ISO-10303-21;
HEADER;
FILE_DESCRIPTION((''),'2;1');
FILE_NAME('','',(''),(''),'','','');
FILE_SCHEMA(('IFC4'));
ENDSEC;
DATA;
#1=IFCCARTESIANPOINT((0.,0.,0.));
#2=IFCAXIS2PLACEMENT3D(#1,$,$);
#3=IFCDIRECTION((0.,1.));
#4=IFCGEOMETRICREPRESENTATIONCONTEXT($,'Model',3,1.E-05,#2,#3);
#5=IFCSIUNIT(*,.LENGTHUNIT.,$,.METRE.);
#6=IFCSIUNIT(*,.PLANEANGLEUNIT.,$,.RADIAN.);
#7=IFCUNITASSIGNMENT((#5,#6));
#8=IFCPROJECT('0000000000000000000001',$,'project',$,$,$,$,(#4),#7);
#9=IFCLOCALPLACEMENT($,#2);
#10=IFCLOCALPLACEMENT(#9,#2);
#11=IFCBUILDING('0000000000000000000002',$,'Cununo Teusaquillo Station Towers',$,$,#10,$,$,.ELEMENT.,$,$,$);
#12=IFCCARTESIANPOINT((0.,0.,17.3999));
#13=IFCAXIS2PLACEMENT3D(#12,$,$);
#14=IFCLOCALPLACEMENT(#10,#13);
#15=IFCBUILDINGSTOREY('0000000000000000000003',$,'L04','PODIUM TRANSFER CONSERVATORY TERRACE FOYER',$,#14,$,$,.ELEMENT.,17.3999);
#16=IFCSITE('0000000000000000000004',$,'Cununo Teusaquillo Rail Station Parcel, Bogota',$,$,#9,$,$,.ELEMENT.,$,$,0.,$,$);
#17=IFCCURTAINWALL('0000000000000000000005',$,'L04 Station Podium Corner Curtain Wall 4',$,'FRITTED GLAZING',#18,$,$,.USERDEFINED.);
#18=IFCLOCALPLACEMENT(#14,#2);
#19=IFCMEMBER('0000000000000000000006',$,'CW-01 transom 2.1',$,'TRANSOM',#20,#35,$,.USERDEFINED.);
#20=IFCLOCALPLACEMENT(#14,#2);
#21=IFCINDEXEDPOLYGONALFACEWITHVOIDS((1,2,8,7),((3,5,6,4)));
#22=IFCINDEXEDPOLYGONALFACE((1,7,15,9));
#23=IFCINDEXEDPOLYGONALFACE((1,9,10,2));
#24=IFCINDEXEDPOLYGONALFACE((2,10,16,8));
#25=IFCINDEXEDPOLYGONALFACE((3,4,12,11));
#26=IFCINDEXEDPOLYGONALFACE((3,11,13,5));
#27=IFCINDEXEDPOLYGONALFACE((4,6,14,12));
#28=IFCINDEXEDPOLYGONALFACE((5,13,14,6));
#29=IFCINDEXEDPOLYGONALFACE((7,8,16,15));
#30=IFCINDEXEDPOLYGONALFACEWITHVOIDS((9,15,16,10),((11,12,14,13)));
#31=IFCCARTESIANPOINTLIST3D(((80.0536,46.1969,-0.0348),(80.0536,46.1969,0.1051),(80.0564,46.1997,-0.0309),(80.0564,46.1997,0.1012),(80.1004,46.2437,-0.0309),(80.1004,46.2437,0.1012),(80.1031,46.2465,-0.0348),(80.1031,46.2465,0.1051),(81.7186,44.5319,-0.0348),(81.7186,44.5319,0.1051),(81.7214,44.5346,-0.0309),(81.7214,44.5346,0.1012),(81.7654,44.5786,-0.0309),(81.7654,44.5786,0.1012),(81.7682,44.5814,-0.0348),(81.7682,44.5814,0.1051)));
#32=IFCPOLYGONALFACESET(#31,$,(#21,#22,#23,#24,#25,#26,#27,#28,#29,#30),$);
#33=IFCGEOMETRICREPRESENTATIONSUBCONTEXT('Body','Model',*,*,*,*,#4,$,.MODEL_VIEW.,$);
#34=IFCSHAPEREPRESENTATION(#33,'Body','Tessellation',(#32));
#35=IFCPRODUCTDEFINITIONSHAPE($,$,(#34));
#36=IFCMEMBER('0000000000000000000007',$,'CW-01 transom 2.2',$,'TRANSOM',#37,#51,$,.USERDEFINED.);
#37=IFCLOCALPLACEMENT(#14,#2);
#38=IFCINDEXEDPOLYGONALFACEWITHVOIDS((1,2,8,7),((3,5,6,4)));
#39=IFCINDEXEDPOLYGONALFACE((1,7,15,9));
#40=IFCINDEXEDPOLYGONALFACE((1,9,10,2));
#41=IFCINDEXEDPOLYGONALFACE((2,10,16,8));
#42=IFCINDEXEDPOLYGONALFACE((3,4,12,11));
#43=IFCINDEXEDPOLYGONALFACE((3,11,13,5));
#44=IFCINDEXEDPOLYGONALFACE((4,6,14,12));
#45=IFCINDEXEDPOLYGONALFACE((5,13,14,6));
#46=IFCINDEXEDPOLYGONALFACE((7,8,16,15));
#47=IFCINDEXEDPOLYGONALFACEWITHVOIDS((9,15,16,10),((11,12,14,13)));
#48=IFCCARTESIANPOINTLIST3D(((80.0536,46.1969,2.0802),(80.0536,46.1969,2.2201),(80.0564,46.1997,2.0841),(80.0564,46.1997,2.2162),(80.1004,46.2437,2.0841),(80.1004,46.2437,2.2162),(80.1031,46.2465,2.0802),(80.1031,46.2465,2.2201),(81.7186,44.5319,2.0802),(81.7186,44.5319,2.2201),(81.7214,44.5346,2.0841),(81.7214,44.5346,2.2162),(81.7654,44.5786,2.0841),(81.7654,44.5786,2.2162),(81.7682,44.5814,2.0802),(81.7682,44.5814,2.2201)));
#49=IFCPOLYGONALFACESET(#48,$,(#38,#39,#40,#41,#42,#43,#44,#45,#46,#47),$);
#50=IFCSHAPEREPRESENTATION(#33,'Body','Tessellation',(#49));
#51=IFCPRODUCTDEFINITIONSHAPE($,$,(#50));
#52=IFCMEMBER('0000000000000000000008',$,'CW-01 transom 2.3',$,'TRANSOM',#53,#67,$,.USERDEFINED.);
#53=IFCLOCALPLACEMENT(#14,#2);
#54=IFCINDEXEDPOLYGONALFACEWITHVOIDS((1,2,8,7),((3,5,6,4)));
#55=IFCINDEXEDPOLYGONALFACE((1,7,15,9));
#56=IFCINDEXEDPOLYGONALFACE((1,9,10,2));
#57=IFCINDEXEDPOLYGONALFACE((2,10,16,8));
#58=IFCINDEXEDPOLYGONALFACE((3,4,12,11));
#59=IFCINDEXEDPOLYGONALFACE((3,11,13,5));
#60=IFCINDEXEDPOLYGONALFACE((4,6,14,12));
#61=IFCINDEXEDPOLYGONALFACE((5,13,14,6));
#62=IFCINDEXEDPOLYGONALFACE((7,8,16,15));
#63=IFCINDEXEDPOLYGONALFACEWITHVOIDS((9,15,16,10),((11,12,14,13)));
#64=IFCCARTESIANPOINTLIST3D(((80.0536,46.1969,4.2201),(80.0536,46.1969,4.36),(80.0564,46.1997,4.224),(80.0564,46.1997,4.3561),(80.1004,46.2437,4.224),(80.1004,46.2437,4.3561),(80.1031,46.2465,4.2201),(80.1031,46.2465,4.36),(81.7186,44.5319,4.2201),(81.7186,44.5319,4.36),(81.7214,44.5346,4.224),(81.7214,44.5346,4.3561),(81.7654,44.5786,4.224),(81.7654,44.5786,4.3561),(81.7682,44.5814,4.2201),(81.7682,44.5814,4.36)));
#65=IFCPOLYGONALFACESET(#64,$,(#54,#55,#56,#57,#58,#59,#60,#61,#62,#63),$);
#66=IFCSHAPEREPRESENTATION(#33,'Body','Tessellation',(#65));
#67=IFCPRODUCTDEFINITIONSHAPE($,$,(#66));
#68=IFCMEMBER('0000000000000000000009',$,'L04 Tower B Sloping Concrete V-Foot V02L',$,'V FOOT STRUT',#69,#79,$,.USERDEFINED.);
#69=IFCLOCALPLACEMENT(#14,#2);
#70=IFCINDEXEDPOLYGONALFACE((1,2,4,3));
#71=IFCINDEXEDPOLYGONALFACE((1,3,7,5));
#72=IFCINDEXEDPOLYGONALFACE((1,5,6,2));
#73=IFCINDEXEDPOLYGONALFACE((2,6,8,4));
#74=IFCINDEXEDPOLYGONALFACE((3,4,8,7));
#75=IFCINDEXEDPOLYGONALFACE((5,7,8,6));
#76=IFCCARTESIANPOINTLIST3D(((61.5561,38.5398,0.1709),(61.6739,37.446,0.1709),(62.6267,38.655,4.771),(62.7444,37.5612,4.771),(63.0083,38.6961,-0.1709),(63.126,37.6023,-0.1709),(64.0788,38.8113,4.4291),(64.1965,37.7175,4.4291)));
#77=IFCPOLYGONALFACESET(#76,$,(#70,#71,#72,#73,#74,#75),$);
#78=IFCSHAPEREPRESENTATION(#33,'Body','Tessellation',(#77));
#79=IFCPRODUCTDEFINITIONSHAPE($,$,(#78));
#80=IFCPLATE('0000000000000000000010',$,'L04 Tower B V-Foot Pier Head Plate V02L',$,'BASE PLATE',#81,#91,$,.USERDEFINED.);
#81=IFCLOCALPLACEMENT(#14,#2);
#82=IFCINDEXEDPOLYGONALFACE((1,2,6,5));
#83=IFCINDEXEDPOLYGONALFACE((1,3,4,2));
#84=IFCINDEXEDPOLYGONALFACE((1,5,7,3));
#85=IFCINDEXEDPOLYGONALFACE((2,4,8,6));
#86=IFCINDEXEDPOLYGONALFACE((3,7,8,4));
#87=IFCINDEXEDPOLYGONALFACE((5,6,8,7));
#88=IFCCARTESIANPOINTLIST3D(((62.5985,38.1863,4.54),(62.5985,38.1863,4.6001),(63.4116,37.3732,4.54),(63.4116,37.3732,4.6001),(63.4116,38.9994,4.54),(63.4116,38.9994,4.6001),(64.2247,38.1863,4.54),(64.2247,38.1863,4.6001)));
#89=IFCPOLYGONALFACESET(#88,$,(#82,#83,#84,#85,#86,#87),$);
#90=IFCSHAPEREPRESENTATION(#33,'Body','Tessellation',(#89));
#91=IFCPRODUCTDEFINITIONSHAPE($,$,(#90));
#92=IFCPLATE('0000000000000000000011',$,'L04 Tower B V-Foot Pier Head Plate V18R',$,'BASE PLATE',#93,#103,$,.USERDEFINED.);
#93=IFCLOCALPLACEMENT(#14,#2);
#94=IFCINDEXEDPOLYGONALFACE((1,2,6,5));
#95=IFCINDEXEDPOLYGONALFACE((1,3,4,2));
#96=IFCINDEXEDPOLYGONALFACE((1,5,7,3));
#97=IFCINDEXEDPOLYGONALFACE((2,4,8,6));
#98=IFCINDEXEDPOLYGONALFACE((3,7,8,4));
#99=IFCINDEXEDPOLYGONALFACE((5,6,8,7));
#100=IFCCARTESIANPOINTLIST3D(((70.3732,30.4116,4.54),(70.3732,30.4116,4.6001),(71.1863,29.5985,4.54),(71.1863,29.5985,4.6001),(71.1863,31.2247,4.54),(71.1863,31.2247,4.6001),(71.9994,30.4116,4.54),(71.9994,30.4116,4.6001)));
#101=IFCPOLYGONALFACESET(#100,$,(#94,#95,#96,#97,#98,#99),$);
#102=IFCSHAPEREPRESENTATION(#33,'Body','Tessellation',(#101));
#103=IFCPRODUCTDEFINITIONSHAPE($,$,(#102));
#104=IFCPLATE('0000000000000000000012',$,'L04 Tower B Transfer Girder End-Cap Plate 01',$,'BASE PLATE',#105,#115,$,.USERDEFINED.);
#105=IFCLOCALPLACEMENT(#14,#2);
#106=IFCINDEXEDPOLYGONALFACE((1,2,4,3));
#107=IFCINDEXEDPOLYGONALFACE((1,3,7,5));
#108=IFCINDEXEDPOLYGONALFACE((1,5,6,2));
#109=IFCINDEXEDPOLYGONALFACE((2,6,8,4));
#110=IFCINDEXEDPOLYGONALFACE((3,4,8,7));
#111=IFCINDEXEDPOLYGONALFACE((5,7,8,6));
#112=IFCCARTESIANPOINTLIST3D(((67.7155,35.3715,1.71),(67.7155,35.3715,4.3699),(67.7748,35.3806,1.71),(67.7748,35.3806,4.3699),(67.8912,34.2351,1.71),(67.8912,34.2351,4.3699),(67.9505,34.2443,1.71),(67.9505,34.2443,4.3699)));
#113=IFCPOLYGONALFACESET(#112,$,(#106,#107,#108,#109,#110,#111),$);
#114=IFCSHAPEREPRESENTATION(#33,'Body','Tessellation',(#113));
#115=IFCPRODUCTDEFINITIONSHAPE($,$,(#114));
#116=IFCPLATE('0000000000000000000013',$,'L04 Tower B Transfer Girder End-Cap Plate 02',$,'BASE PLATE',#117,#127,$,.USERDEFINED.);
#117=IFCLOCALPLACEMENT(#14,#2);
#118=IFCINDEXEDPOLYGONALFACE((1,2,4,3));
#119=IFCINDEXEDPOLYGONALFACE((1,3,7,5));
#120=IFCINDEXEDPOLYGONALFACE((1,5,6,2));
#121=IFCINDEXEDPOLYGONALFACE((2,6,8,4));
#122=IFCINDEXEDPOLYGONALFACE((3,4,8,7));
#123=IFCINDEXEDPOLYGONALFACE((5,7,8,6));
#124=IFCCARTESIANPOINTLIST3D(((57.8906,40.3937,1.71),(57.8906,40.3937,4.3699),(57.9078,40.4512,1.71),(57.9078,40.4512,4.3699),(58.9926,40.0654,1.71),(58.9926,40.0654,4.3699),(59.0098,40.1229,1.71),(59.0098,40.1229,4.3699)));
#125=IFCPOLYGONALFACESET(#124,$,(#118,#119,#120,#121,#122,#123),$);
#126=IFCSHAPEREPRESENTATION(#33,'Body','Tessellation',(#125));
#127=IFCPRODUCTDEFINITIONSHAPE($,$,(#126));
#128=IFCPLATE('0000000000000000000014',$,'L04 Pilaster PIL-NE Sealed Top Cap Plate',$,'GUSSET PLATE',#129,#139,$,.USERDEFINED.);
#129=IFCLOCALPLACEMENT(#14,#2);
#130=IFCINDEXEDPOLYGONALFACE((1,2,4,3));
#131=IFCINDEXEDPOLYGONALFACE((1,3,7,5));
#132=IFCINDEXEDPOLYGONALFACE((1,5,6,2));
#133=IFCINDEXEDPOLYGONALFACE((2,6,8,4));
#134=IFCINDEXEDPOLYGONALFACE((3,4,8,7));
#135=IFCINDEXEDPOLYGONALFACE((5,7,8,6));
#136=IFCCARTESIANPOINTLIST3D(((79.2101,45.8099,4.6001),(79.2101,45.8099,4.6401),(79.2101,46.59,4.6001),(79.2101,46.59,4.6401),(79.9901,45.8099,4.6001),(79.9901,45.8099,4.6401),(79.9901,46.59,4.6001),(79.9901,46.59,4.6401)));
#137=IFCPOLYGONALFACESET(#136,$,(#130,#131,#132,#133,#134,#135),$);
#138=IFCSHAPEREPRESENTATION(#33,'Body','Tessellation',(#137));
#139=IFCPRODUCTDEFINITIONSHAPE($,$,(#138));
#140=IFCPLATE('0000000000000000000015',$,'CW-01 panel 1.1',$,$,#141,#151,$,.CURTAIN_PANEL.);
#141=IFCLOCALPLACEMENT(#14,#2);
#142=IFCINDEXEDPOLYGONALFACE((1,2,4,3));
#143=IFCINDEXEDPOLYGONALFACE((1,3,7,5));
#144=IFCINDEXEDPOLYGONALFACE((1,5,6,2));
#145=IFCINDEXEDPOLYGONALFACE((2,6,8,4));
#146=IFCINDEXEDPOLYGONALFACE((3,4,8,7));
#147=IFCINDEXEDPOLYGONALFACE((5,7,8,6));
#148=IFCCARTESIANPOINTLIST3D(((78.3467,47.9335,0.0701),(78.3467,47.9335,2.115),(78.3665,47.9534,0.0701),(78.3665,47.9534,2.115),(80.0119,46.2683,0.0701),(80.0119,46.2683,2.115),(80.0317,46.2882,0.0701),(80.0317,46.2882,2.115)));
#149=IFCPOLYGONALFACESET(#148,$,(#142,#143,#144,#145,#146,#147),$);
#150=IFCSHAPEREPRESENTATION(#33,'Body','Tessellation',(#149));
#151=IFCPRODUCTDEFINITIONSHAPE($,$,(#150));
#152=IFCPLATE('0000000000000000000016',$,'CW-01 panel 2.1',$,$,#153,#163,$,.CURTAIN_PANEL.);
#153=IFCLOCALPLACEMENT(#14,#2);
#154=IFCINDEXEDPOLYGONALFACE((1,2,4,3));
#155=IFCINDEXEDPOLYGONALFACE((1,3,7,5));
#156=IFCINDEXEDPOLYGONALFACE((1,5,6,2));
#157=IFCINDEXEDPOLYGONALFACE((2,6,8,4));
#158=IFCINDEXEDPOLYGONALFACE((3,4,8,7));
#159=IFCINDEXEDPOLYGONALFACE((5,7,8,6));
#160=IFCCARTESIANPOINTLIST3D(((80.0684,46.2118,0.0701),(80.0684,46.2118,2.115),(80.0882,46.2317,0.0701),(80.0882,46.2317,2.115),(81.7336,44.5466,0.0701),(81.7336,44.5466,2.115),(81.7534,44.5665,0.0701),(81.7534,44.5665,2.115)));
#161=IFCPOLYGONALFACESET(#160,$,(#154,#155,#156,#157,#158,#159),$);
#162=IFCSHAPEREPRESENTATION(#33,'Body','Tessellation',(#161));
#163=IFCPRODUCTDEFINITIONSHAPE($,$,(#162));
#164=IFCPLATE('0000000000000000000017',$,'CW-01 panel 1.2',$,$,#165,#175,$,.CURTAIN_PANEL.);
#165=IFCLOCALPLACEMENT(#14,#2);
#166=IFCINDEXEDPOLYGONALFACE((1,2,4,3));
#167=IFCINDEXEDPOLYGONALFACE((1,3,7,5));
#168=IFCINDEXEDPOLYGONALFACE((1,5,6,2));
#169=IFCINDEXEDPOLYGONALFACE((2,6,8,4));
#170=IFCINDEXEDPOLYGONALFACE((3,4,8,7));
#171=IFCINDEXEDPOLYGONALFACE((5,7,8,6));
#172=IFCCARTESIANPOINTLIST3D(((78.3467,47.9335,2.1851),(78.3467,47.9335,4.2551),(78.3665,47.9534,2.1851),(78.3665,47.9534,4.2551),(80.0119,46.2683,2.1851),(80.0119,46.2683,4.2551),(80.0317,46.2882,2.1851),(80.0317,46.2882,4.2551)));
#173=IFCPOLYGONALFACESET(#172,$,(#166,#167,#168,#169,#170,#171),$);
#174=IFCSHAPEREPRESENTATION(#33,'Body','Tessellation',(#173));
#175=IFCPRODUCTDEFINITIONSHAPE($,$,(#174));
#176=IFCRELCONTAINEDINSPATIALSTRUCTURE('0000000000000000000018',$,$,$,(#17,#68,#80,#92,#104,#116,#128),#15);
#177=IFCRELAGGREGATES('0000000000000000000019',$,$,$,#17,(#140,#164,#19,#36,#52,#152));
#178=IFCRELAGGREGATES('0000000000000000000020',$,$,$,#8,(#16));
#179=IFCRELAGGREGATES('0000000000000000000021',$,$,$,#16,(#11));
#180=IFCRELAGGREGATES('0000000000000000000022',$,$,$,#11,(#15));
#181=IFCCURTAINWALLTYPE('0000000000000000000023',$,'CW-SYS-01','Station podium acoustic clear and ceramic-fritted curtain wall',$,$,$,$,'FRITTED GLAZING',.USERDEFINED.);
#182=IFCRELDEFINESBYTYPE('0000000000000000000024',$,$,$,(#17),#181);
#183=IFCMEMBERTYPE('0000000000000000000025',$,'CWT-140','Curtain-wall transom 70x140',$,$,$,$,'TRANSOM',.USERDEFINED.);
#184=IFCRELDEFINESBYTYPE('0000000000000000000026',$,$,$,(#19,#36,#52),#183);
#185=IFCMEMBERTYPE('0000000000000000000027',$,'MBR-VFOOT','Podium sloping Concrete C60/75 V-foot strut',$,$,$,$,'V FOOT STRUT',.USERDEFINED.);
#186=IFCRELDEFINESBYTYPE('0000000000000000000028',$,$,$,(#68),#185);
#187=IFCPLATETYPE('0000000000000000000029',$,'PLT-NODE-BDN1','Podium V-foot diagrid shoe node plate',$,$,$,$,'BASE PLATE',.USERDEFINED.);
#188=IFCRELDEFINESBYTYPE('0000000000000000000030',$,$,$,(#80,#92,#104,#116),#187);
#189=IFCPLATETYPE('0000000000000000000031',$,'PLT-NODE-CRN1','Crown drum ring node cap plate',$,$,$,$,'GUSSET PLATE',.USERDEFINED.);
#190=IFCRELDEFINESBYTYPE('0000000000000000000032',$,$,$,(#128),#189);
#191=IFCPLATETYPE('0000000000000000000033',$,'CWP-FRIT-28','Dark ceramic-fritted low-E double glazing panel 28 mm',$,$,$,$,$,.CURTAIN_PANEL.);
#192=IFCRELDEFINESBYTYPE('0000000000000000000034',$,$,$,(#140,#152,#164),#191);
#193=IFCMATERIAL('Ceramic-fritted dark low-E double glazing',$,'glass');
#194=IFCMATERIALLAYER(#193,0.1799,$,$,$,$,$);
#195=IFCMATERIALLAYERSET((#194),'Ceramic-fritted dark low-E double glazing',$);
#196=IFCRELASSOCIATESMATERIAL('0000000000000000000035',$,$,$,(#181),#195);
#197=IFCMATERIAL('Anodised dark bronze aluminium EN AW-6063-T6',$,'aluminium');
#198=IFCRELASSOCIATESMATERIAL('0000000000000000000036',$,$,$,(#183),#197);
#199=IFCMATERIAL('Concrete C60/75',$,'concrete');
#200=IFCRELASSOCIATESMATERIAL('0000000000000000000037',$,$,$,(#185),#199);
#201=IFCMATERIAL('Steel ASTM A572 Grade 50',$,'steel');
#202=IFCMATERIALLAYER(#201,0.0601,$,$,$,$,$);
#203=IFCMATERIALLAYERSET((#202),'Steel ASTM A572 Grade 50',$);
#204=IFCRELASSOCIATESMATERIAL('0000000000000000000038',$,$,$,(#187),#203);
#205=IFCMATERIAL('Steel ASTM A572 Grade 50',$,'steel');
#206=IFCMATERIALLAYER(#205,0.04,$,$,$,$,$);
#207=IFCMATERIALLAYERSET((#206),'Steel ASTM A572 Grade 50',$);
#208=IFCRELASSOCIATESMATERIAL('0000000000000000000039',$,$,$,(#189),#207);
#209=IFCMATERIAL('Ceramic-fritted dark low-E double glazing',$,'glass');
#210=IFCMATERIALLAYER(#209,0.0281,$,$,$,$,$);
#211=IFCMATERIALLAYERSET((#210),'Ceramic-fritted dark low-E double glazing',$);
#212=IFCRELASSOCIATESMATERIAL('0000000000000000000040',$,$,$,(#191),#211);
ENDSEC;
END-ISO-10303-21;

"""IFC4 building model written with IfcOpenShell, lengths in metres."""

from ifc_helpers import new_model, si_unit, direction, frame, origin, origin_2d, place, context, subcontext, project, spatial, rectangle, hollow_rectangle, extrude, source, transform, mapped, material, layer, layer_set, material_profile, profile_set, type_object, element, aggregate, save


model = new_model("IFC4")

# Units and contexts
model_context = context("Model", 3, precision=1e-05, world=origin(), true_north=direction((0.0, 1.0)))
body_context = subcontext(model_context, "Body", "Model", "MODEL_VIEW")
ifc_project = project(units=[si_unit("LENGTHUNIT", "METRE"), si_unit("PLANEANGLEUNIT", "RADIAN")], contexts=[model_context])

# Site, building, storey
site_placement = place(None, origin())
site = spatial("IfcSite", under=ifc_project, at=site_placement, Name="Cununo Teusaquillo Rail Station Parcel, Bogota", CompositionType="ELEMENT", RefElevation=0.0)
building_placement = place(site_placement, origin())
building = spatial("IfcBuilding", under=site, at=building_placement, Name="Cununo Teusaquillo Station Towers", CompositionType="ELEMENT")
storey_placement = place(building_placement, frame((0.0, 0.0, 17.3999)))
storey = spatial("IfcBuildingStorey", under=building, at=storey_placement, Name="L04", Description="PODIUM TRANSFER CONSERVATORY TERRACE FOYER", CompositionType="ELEMENT", Elevation=17.3999)

# Curtain wall, members
ifc_material_1 = material(Name="Ceramic-fritted dark low-E double glazing", Category="glass")
ifc_layer_1 = layer(ifc_material_1, 0.1799)
ifc_layer_set_1 = layer_set([ifc_layer_1], Name="Ceramic-fritted dark low-E double glazing")
curtain_wall_type = type_object("IfcCurtainWallType", Name="CW-SYS-01", Description="Station podium acoustic clear and ceramic-fritted curtain wall", ElementType="FRITTED GLAZING", PredefinedType="USERDEFINED", material=ifc_layer_set_1)
curtain_wall_placement = place(storey_placement, origin())
curtain_wall = element("IfcCurtainWall", 1, at=curtain_wall_placement, inside=storey, type_object=curtain_wall_type, Name="L04 Station Podium Corner Curtain Wall 4", ObjectType="FRITTED GLAZING", PredefinedType="USERDEFINED")
ifc_material_2 = material(Name="Anodised dark bronze aluminium EN AW-6063-T6", Category="aluminium")
ifc_material_profile_1 = material_profile(ifc_material_2, hollow_rectangle(XDim=0.0701, YDim=0.1399, WallThickness=0.0039, at=origin_2d()), Name="CW-TRAN-70x140")
ifc_profile_set_1 = profile_set([ifc_material_profile_1], Name="Anodised dark bronze aluminium EN AW-6063-T6")
member_type_1 = type_object("IfcMemberType", Name="CWT-140", Description="Curtain-wall transom 70x140", ElementType="TRANSOM", PredefinedType="USERDEFINED", material=ifc_profile_set_1)
member_1_placement = place(storey_placement, frame((80.0784, 46.2217, 0.0352), z_axis=(0.707107, -0.707107, 0.0), x_axis=(0.707107, 0.707107, 0.0)))
member_1 = element("IfcMember", 2, at=member_1_placement, type_object=member_type_1, Name="CW-01 transom 2.1", ObjectType="TRANSOM", PredefinedType="USERDEFINED", context=body_context, shape_type="SweptSolid", body=[
    extrude(hollow_rectangle(XDim=0.0701, YDim=0.1399, WallThickness=0.0039, at=origin_2d()), origin(), (0.0, 0.0, 1.0), 2.3547),
])
member_2_placement = place(storey_placement, frame((80.0784, 46.2217, 2.1501), z_axis=(0.707107, -0.707107, 0.0), x_axis=(0.707107, 0.707107, 0.0)))
member_2 = element("IfcMember", 3, at=member_2_placement, type_object=member_type_1, Name="CW-01 transom 2.2", ObjectType="TRANSOM", PredefinedType="USERDEFINED", context=body_context, shape_type="SweptSolid", body=[
    extrude(hollow_rectangle(XDim=0.0701, YDim=0.1399, WallThickness=0.0039, at=origin_2d()), origin(), (0.0, 0.0, 1.0), 2.3547),
])
member_3_placement = place(storey_placement, frame((80.0784, 46.2217, 4.29), z_axis=(0.707107, -0.707107, 0.0), x_axis=(0.707107, 0.707107, 0.0)))
member_3 = element("IfcMember", 4, at=member_3_placement, type_object=member_type_1, Name="CW-01 transom 2.3", ObjectType="TRANSOM", PredefinedType="USERDEFINED", context=body_context, shape_type="SweptSolid", body=[
    extrude(hollow_rectangle(XDim=0.0701, YDim=0.1399, WallThickness=0.0039, at=origin_2d()), origin(), (0.0, 0.0, 1.0), 2.3547),
])

# Member
ifc_material_3 = material(Name="Concrete C60/75", Category="concrete")
ifc_material_profile_2 = material_profile(ifc_material_3, rectangle(XDim=1.1001, YDim=1.5, at=origin_2d()), Name="RC-RECT-1500x1100")
ifc_profile_set_2 = profile_set([ifc_material_profile_2], Name="Concrete C60/75")
member_type_2 = type_object("IfcMemberType", Name="MBR-VFOOT", Description="Podium sloping Concrete C60/75 V-foot strut", ElementType="V FOOT STRUT", PredefinedType="USERDEFINED", material=ifc_profile_set_2)
member_4_placement = place(storey_placement, frame((62.3411, 38.071, 0.0), z_axis=(0.2266, 0.024391, 0.973682), x_axis=(-0.107021, 0.994257, 0.0)))
element("IfcMember", 5, at=member_4_placement, inside=storey, type_object=member_type_2, Name="L04 Tower B Sloping Concrete V-Foot V02L", ObjectType="V FOOT STRUT", PredefinedType="USERDEFINED", context=body_context, shape_type="SweptSolid", body=[
    extrude(rectangle(XDim=1.1001, YDim=1.5, at=origin_2d()), origin(), (0.0, 0.0, 1.0), 4.7244),
])

# Plates
ifc_material_4 = material(Name="Steel ASTM A572 Grade 50", Category="steel")
ifc_layer_2 = layer(ifc_material_4, 0.0601)
ifc_layer_set_2 = layer_set([ifc_layer_2], Name="Steel ASTM A572 Grade 50")
plate_type_1 = type_object("IfcPlateType", Name="PLT-NODE-BDN1", Description="Podium V-foot diagrid shoe node plate", ElementType="BASE PLATE", PredefinedType="USERDEFINED", material=ifc_layer_set_2)
shared_shape_1 = source(origin(), body_context, "Body", "SweptSolid", [
    extrude(rectangle(XDim=1.1499, YDim=1.1499, at=origin_2d()), origin(), (0.0, 0.0, 1.0), 0.0601),
])
for number, where, z_axis, x_axis, name in (
    (6, (63.4116, 38.1863, 4.54), (0.0, 0.0, 1.0), (0.707107, 0.707107, 0.0), "L04 Tower B V-Foot Pier Head Plate V02L"),
    (7, (71.1863, 30.4116, 4.54), (0.0, 0.0, 1.0), (0.707107, 0.707107, 0.0), "L04 Tower B V-Foot Pier Head Plate V18R"),
):
    element("IfcPlate", number, at=place(storey_placement, frame(where, z_axis=z_axis, x_axis=x_axis)), inside=storey, type_object=plate_type_1, Name=name, ObjectType="BASE PLATE", PredefinedType="USERDEFINED", context=body_context, shape_type="MappedRepresentation", body=[
        mapped(shared_shape_1, transform((0.0, 0.0, 0.0), x_axis=(1.0, 0.0, 0.0), y_axis=(0.0, 1.0, 0.0), z_axis=(0.0, 0.0, 1.0), scale=1.0)),
    ])
shared_shape_2 = source(origin(), body_context, "Body", "SweptSolid", [
    extrude(rectangle(XDim=0.0601, YDim=1.1499, at=origin_2d()), origin(), (0.0, 0.0, 1.0), 2.6599),
])
for number, where, z_axis, x_axis, name in (
    (8, (67.833, 34.8079, 1.71), (0.0, 0.0, 1.0), (0.988255, 0.152813, 0.0), "L04 Tower B Transfer Girder End-Cap Plate 01"),
    (9, (58.4502, 40.2583, 1.71), (0.0, 0.0, 1.0), (0.285521, 0.958372, 0.0), "L04 Tower B Transfer Girder End-Cap Plate 02"),
):
    element("IfcPlate", number, at=place(storey_placement, frame(where, z_axis=z_axis, x_axis=x_axis)), inside=storey, type_object=plate_type_1, Name=name, ObjectType="BASE PLATE", PredefinedType="USERDEFINED", context=body_context, shape_type="MappedRepresentation", body=[
        mapped(shared_shape_2, transform((0.0, 0.0, 0.0), x_axis=(1.0, 0.0, 0.0), y_axis=(0.0, 1.0, 0.0), z_axis=(0.0, 0.0, 1.0), scale=1.0)),
    ])
ifc_material_5 = material(Name="Steel ASTM A572 Grade 50", Category="steel")
ifc_layer_3 = layer(ifc_material_5, 0.04)
ifc_layer_set_3 = layer_set([ifc_layer_3], Name="Steel ASTM A572 Grade 50")
plate_type_2 = type_object("IfcPlateType", Name="PLT-NODE-CRN1", Description="Crown drum ring node cap plate", ElementType="GUSSET PLATE", PredefinedType="USERDEFINED", material=ifc_layer_set_3)
shared_shape_3 = source(origin(), body_context, "Body", "SweptSolid", [
    extrude(rectangle(XDim=0.78, YDim=0.78, at=origin_2d()), origin(), (0.0, 0.0, 1.0), 0.04),
])
plate_1_placement = place(storey_placement, frame((79.6001, 46.2, 4.6001), z_axis=(0.0, 0.0, 1.0), x_axis=(1.0, 0.0, 0.0)))
element("IfcPlate", 10, at=plate_1_placement, inside=storey, type_object=plate_type_2, Name="L04 Pilaster PIL-NE Sealed Top Cap Plate", ObjectType="GUSSET PLATE", PredefinedType="USERDEFINED", context=body_context, shape_type="MappedRepresentation", body=[
    mapped(shared_shape_3, transform((0.0, 0.0, 0.0), x_axis=(1.0, 0.0, 0.0), y_axis=(0.0, 1.0, 0.0), z_axis=(0.0, 0.0, 1.0), scale=1.0)),
])

# Plates
ifc_material_6 = material(Name="Ceramic-fritted dark low-E double glazing", Category="glass")
ifc_layer_4 = layer(ifc_material_6, 0.0281)
ifc_layer_set_4 = layer_set([ifc_layer_4], Name="Ceramic-fritted dark low-E double glazing")
plate_type_3 = type_object("IfcPlateType", Name="CWP-FRIT-28", Description="Dark ceramic-fritted low-E double glazing panel 28 mm", PredefinedType="CURTAIN_PANEL", material=ifc_layer_set_4)
shared_shape_4 = source(origin(), body_context, "Body", "SweptSolid", [
    extrude(rectangle(XDim=2.355, YDim=0.0281, at=origin_2d()), origin(), (0.0, 0.0, 1.0), 2.0449),
])
plate_2_placement = place(storey_placement, frame((79.1892, 47.1108, 0.0701), z_axis=(0.0, 0.0, 1.0), x_axis=(0.707107, -0.707107, 0.0)))
plate_2 = element("IfcPlate", 11, at=plate_2_placement, type_object=plate_type_3, Name="CW-01 panel 1.1", PredefinedType="CURTAIN_PANEL", context=body_context, shape_type="MappedRepresentation", body=[
    mapped(shared_shape_4, transform((0.0, 0.0, 0.0), x_axis=(1.0, 0.0, 0.0), y_axis=(0.0, 1.0, 0.0), z_axis=(0.0, 0.0, 1.0), scale=1.0)),
])
plate_3_placement = place(storey_placement, frame((80.9109, 45.3892, 0.0701), z_axis=(0.0, 0.0, 1.0), x_axis=(0.707107, -0.707107, 0.0)))
plate_3 = element("IfcPlate", 12, at=plate_3_placement, type_object=plate_type_3, Name="CW-01 panel 2.1", PredefinedType="CURTAIN_PANEL", context=body_context, shape_type="MappedRepresentation", body=[
    mapped(shared_shape_4, transform((0.0, 0.0, 0.0), x_axis=(1.0, 0.0, 0.0), y_axis=(0.0, 1.0, 0.0), z_axis=(0.0, 0.0, 1.0), scale=1.0)),
])
shared_shape_5 = source(origin(), body_context, "Body", "SweptSolid", [
    extrude(rectangle(XDim=2.355, YDim=0.0281, at=origin_2d()), origin(), (0.0, 0.0, 1.0), 2.0701),
])
plate_4_placement = place(storey_placement, frame((79.1892, 47.1108, 2.1851), z_axis=(0.0, 0.0, 1.0), x_axis=(0.707107, -0.707107, 0.0)))
plate_4 = element("IfcPlate", 13, at=plate_4_placement, type_object=plate_type_3, Name="CW-01 panel 1.2", PredefinedType="CURTAIN_PANEL", context=body_context, shape_type="MappedRepresentation", body=[
    mapped(shared_shape_5, transform((0.0, 0.0, 0.0), x_axis=(1.0, 0.0, 0.0), y_axis=(0.0, 1.0, 0.0), z_axis=(0.0, 0.0, 1.0), scale=1.0)),
])
aggregate(curtain_wall, [plate_2, plate_4, member_1, member_2, member_3, plate_3])

save(model, "model.ifc")
